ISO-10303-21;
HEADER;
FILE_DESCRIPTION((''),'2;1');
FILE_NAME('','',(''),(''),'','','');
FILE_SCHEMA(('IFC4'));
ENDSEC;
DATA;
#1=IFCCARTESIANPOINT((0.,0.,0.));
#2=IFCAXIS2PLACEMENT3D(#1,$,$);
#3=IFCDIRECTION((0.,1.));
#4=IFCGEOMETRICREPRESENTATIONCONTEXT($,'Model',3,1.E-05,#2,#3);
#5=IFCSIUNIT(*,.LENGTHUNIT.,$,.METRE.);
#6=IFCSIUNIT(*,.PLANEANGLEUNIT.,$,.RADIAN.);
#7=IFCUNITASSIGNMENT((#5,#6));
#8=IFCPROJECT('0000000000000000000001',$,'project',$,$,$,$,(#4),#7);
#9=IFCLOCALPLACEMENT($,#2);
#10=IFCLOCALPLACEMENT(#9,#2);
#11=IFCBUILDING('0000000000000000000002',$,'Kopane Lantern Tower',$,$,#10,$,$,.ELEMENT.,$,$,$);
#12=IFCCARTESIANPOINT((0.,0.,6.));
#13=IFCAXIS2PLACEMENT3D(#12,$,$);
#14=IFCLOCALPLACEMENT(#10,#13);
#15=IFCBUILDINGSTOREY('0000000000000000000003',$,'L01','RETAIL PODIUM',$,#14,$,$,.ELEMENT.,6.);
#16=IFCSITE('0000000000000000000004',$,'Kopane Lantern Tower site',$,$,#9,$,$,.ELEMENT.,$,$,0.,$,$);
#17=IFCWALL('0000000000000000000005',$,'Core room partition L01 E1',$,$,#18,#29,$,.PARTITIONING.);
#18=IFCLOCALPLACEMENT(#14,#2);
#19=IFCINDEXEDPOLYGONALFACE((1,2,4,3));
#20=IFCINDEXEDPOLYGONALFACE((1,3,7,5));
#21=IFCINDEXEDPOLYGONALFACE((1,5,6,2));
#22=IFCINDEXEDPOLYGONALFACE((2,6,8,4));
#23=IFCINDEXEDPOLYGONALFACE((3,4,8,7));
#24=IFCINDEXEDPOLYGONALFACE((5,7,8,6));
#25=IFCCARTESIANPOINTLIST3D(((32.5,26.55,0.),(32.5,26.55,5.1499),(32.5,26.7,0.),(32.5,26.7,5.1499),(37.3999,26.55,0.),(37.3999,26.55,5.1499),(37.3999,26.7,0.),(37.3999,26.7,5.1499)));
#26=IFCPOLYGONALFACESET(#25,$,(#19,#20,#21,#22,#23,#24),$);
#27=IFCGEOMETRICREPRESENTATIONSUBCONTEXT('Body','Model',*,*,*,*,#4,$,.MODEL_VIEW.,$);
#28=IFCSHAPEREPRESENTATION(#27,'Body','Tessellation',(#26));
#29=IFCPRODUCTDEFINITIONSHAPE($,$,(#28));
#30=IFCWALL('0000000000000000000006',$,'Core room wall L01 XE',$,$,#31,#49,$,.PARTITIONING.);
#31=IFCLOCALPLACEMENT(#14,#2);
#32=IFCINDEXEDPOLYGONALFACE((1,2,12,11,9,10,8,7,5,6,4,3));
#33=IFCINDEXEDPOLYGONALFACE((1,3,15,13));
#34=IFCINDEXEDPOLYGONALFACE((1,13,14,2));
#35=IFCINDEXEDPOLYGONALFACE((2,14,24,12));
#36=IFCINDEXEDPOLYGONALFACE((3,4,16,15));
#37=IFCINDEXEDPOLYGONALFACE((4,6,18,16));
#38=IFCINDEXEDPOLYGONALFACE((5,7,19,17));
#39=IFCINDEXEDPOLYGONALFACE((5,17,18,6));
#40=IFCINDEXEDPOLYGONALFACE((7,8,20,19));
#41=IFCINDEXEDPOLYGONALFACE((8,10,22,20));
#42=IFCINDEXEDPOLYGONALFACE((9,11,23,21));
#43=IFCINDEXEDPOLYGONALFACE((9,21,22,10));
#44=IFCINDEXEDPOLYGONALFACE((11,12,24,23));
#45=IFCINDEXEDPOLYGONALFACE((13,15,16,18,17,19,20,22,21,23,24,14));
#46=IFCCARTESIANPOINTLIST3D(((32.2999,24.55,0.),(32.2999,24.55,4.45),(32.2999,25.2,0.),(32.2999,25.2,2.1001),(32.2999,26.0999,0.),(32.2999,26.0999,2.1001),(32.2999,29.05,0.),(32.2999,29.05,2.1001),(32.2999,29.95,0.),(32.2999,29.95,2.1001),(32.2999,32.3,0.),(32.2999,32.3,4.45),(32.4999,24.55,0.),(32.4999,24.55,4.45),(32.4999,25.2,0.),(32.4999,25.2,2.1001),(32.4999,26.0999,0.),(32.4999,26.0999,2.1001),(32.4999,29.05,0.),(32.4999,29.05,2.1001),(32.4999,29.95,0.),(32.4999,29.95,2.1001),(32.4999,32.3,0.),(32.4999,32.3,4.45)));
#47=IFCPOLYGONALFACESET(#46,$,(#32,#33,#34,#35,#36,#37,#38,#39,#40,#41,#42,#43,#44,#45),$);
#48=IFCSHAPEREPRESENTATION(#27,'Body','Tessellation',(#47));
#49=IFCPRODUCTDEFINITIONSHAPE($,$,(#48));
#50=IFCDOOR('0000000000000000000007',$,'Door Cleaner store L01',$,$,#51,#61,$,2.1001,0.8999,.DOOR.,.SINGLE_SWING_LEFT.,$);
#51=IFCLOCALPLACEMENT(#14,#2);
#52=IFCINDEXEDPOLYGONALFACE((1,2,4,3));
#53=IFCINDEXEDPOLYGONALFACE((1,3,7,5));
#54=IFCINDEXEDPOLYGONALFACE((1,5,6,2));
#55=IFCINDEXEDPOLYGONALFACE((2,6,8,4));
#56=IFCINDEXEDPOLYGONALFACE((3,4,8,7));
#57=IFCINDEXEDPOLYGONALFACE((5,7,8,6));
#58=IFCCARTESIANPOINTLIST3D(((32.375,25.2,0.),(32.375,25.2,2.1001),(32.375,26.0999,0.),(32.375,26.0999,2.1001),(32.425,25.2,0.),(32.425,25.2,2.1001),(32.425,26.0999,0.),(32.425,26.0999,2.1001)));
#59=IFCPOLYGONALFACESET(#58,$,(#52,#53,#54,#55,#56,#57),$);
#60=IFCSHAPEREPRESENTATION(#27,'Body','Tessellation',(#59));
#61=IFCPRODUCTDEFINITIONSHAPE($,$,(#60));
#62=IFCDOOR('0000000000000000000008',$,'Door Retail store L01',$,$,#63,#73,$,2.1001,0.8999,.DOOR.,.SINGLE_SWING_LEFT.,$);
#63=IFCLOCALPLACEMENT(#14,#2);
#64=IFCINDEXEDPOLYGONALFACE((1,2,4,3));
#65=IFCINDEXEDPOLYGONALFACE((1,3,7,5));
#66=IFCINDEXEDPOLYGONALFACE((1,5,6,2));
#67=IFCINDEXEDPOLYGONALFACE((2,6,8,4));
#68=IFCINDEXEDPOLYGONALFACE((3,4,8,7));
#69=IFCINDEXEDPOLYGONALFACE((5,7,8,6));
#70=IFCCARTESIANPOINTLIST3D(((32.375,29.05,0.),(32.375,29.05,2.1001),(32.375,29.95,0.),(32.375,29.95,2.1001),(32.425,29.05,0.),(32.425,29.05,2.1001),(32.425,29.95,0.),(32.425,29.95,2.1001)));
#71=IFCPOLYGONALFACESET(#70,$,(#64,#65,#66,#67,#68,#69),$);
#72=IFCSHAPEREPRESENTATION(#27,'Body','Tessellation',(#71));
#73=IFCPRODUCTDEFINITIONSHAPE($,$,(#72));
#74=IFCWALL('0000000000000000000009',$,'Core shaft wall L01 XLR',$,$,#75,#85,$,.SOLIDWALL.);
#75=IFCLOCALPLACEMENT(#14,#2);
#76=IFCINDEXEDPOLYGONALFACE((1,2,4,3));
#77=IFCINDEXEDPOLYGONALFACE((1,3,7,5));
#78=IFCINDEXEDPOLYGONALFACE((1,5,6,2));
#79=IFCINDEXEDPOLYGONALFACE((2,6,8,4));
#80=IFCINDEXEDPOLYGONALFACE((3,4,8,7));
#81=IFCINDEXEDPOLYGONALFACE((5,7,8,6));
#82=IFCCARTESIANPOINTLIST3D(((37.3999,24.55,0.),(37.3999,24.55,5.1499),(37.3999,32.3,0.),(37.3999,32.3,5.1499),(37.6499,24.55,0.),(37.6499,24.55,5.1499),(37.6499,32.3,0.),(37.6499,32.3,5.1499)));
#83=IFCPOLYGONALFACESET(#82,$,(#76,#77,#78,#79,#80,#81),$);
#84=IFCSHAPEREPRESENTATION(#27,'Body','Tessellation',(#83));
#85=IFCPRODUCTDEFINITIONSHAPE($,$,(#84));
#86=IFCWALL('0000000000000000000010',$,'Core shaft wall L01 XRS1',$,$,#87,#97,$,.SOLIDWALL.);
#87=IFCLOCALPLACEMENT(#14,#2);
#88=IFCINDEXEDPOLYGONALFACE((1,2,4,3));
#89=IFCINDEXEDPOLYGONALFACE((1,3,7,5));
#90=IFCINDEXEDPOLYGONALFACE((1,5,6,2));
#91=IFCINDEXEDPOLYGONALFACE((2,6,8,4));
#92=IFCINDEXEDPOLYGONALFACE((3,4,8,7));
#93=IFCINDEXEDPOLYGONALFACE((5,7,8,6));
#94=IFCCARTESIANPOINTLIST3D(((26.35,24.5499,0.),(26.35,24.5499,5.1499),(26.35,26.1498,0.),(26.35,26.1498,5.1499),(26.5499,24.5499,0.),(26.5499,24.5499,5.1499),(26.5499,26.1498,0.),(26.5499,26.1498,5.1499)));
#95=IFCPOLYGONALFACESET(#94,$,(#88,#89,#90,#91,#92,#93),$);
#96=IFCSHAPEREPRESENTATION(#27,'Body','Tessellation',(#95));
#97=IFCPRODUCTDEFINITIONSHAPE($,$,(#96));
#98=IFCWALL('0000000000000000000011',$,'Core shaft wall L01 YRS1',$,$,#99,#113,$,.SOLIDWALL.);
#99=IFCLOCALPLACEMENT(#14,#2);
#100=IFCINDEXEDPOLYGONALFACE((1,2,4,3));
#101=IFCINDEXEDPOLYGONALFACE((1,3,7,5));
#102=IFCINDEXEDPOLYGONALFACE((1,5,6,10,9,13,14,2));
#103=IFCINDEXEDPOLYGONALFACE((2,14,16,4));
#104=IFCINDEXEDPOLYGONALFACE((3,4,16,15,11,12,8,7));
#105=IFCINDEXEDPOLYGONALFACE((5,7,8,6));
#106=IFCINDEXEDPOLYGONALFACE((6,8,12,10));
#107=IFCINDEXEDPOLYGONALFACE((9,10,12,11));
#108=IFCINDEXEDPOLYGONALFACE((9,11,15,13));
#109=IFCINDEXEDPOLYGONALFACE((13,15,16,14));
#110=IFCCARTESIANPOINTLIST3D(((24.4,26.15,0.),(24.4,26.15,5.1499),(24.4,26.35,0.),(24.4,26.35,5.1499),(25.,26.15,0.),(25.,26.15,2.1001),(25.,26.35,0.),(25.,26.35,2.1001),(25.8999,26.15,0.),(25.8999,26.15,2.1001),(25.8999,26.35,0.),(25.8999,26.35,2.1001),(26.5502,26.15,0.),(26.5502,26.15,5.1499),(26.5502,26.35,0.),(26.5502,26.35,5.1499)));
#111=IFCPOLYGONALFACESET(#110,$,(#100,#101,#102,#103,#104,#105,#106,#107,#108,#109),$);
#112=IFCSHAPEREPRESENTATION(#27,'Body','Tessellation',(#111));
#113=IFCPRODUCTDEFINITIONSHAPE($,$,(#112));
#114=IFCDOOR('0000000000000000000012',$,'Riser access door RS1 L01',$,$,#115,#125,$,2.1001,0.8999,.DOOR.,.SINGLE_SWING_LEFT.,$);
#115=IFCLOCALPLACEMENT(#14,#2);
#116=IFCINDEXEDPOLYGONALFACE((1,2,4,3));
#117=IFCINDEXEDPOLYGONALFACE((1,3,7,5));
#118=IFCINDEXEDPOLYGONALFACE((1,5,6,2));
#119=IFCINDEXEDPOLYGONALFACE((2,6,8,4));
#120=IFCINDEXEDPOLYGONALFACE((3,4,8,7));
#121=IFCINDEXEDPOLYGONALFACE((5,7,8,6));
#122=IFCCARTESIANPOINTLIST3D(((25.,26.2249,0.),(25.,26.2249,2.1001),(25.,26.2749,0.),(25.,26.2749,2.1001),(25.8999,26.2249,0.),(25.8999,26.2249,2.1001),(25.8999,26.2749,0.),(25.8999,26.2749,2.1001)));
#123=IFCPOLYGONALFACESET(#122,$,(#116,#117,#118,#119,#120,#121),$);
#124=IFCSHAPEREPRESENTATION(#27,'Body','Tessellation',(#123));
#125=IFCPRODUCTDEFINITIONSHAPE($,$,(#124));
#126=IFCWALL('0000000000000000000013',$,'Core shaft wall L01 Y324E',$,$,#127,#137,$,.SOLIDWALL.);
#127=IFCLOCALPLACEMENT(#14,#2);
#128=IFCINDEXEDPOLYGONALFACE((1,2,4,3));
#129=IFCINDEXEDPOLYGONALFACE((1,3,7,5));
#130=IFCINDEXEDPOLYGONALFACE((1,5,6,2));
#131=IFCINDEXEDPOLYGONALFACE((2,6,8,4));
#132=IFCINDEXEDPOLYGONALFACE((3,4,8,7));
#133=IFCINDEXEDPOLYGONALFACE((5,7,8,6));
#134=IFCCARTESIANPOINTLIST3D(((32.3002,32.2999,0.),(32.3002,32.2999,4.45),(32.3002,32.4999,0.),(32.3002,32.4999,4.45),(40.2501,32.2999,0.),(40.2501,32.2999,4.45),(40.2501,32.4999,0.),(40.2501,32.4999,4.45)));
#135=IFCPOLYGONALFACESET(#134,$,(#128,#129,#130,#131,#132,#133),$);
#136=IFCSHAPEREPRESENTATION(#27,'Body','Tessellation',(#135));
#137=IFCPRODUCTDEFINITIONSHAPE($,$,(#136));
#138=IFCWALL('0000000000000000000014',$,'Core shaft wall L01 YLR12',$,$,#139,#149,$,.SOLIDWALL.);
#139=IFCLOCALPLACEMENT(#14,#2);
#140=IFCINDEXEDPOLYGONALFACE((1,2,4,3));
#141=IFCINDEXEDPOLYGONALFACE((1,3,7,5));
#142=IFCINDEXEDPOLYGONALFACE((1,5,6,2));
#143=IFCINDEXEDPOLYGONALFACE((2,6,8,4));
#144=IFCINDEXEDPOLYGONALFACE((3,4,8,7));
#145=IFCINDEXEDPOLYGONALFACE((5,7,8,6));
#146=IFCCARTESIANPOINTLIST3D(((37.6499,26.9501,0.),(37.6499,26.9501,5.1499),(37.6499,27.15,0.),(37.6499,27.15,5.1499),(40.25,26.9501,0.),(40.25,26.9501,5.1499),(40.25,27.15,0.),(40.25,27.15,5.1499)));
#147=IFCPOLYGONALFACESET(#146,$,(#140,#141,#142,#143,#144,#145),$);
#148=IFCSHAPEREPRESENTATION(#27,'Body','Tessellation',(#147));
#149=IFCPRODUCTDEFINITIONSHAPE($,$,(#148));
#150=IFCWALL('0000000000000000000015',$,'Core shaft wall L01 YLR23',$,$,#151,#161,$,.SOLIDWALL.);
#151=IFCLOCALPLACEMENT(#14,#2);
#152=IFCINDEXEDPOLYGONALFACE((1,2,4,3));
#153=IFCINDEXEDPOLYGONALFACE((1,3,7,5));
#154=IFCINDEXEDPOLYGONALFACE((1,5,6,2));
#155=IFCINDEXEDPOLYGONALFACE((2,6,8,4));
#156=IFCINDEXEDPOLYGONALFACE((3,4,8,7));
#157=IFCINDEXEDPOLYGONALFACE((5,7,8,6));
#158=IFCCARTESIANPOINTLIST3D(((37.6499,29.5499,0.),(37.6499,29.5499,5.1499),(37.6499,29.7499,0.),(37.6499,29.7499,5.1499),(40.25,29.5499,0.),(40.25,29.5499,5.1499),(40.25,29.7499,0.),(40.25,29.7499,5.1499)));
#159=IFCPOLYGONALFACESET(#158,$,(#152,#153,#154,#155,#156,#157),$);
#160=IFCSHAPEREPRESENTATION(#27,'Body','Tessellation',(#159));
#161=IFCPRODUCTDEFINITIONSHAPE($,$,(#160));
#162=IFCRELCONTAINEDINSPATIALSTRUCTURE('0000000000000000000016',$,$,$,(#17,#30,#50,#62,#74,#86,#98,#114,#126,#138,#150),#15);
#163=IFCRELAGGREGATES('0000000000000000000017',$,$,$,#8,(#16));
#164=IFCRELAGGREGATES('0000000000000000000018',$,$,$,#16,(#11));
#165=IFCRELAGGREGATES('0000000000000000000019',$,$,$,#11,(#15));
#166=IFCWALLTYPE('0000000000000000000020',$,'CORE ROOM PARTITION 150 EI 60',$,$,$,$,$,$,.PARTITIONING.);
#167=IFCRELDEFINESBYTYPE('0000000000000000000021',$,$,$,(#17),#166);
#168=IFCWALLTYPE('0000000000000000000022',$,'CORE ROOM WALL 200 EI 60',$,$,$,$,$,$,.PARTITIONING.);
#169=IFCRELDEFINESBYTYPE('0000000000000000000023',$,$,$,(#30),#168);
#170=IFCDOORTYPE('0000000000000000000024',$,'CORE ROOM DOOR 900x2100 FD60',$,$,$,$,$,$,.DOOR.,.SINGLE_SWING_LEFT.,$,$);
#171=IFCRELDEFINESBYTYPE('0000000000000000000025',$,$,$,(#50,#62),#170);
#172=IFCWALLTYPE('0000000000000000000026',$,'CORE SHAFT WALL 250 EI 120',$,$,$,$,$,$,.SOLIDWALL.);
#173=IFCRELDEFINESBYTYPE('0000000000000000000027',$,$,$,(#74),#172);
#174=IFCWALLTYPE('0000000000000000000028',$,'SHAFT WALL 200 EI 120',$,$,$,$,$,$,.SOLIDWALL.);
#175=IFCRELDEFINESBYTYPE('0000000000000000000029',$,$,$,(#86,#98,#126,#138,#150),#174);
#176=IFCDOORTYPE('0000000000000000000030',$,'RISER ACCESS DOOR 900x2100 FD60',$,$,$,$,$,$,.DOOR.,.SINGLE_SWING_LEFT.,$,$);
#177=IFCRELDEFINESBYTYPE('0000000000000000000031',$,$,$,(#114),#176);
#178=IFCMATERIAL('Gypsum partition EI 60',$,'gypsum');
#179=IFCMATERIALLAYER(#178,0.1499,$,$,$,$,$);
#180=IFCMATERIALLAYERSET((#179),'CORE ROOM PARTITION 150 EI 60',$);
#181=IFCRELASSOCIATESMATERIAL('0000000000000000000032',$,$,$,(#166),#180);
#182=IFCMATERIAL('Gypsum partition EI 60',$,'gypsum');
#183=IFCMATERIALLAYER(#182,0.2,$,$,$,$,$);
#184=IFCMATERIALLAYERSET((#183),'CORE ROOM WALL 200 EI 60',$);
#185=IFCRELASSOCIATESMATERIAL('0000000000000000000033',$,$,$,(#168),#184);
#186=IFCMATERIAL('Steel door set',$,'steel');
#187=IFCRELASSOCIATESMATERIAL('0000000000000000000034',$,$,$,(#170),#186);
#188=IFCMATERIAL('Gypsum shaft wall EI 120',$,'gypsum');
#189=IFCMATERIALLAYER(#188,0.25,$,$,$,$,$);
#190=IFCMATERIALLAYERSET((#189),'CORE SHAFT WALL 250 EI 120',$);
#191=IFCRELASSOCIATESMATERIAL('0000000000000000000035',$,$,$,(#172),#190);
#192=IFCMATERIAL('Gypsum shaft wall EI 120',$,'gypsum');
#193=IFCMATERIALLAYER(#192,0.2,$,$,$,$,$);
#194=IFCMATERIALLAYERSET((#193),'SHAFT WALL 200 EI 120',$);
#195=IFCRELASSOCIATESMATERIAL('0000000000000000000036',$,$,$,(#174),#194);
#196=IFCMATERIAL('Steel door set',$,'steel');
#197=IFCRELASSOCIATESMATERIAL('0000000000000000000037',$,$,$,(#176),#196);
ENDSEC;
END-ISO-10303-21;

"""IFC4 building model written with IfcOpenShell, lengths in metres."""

from ifc_helpers import new_model, si_unit, direction, frame, frame_2d, origin, place, context, subcontext, project, spatial, rectangle, extrude, material, layer, layer_set, type_object, element, fill, save


model = new_model("IFC4")

# Units and contexts
model_context = context("Model", 3, precision=1e-05, world=origin(), true_north=direction((0.0, 1.0)))
body_context = subcontext(model_context, "Body", "Model", "MODEL_VIEW")
ifc_project = project(units=[si_unit("LENGTHUNIT", "METRE"), si_unit("PLANEANGLEUNIT", "RADIAN")], contexts=[model_context])

# Site, building, storey
site_placement = place(None, origin())
site = spatial("IfcSite", under=ifc_project, at=site_placement, Name="Kopane Lantern Tower site", CompositionType="ELEMENT", RefElevation=0.0)
building_placement = place(site_placement, origin())
building = spatial("IfcBuilding", under=site, at=building_placement, Name="Kopane Lantern Tower", CompositionType="ELEMENT")
storey_placement = place(building_placement, frame((0.0, 0.0, 6.0)))
storey = spatial("IfcBuildingStorey", under=building, at=storey_placement, Name="L01", Description="RETAIL PODIUM", CompositionType="ELEMENT", Elevation=6.0)

# Wall
ifc_material_1 = material(Name="Gypsum partition EI 60", Category="gypsum")
ifc_layer_1 = layer(ifc_material_1, 0.1499)
ifc_layer_set_1 = layer_set([ifc_layer_1], Name="CORE ROOM PARTITION 150 EI 60")
wall_type_1 = type_object("IfcWallType", Name="CORE ROOM PARTITION 150 EI 60", PredefinedType="PARTITIONING", material=ifc_layer_set_1)
wall_1_placement = place(storey_placement, frame((32.5, 26.625, 0.0), z_axis=(0.0, 0.0, 1.0), x_axis=(1.0, 0.0, 0.0)))
element("IfcWall", 1, at=wall_1_placement, inside=storey, type_object=wall_type_1, Name="Core room partition L01 E1", PredefinedType="PARTITIONING", context=body_context, shape_type="SweptSolid", body=[
    extrude(rectangle(XDim=4.8999, YDim=0.1499, at=frame_2d((2.45, 0.0))), origin(), (0.0, 0.0, 1.0), 5.1499),
])

# Wall, openings, doors
ifc_material_2 = material(Name="Gypsum partition EI 60", Category="gypsum")
ifc_layer_2 = layer(ifc_material_2, 0.2)
ifc_layer_set_2 = layer_set([ifc_layer_2], Name="CORE ROOM WALL 200 EI 60")
wall_type_2 = type_object("IfcWallType", Name="CORE ROOM WALL 200 EI 60", PredefinedType="PARTITIONING", material=ifc_layer_set_2)
wall_2_placement = place(storey_placement, frame((32.3999, 24.55, 0.0), z_axis=(0.0, 0.0, 1.0), x_axis=(0.0, 1.0, 0.0)))
wall_2 = element("IfcWall", 2, at=wall_2_placement, inside=storey, type_object=wall_type_2, Name="Core room wall L01 XE", PredefinedType="PARTITIONING", context=body_context, shape_type="SweptSolid", body=[
    extrude(rectangle(XDim=7.75, YDim=0.2, at=frame_2d((3.875, 0.0))), origin(), (0.0, 0.0, 1.0), 4.45),
])
opening_1_placement = place(wall_2_placement, frame((0.6499, 0.0, 0.0)))
opening_1 = element("IfcOpeningElement", 3, at=opening_1_placement, cuts=wall_2, PredefinedType="OPENING", context=body_context, shape_type="SweptSolid", body=[
    extrude(rectangle(XDim=0.8999, YDim=2.1001, at=frame_2d((0.45, 1.05))), frame((0.0, 0.1099, 0.0), z_axis=(0.0, -1.0, 0.0), x_axis=(1.0, 0.0, 0.0)), (0.0, 0.0, 1.0), 0.22),
])
opening_2_placement = place(wall_2_placement, frame((4.5, 0.0, 0.0)))
opening_2 = element("IfcOpeningElement", 4, at=opening_2_placement, cuts=wall_2, PredefinedType="OPENING", context=body_context, shape_type="SweptSolid", body=[
    extrude(rectangle(XDim=0.8999, YDim=2.1001, at=frame_2d((0.45, 1.05))), frame((0.0, 0.1099, 0.0), z_axis=(0.0, -1.0, 0.0), x_axis=(1.0, 0.0, 0.0)), (0.0, 0.0, 1.0), 0.22),
])
ifc_material_3 = material(Name="Steel door set", Category="steel")
door_type_1 = type_object("IfcDoorType", Name="CORE ROOM DOOR 900x2100 FD60", OperationType="SINGLE_SWING_LEFT", PredefinedType="DOOR", material=ifc_material_3)
door_1_placement = place(opening_1_placement, origin())
door_1 = element("IfcDoor", 5, at=door_1_placement, inside=storey, type_object=door_type_1, Name="Door Cleaner store L01", OperationType="SINGLE_SWING_LEFT", OverallHeight=2.1001, OverallWidth=0.8999, PredefinedType="DOOR", context=body_context, shape_type="SweptSolid", body=[
    extrude(rectangle(XDim=0.8999, YDim=2.1001, at=frame_2d((0.45, 1.05))), frame((0.0, 0.0249, 0.0), z_axis=(0.0, -1.0, 0.0), x_axis=(1.0, 0.0, 0.0)), (0.0, 0.0, 1.0), 0.05),
])
fill(opening_1, door_1)
door_2_placement = place(opening_2_placement, origin())
door_2 = element("IfcDoor", 6, at=door_2_placement, inside=storey, type_object=door_type_1, Name="Door Retail store L01", OperationType="SINGLE_SWING_LEFT", OverallHeight=2.1001, OverallWidth=0.8999, PredefinedType="DOOR", context=body_context, shape_type="SweptSolid", body=[
    extrude(rectangle(XDim=0.8999, YDim=2.1001, at=frame_2d((0.45, 1.05))), frame((0.0, 0.0249, 0.0), z_axis=(0.0, -1.0, 0.0), x_axis=(1.0, 0.0, 0.0)), (0.0, 0.0, 1.0), 0.05),
])
fill(opening_2, door_2)

# Walls
ifc_material_4 = material(Name="Gypsum shaft wall EI 120", Category="gypsum")
ifc_layer_3 = layer(ifc_material_4, 0.25)
ifc_layer_set_3 = layer_set([ifc_layer_3], Name="CORE SHAFT WALL 250 EI 120")
wall_type_3 = type_object("IfcWallType", Name="CORE SHAFT WALL 250 EI 120", PredefinedType="SOLIDWALL", material=ifc_layer_set_3)
wall_3_placement = place(storey_placement, frame((37.5249, 24.55, 0.0), z_axis=(0.0, 0.0, 1.0), x_axis=(0.0, 1.0, 0.0)))
element("IfcWall", 7, at=wall_3_placement, inside=storey, type_object=wall_type_3, Name="Core shaft wall L01 XLR", PredefinedType="SOLIDWALL", context=body_context, shape_type="SweptSolid", body=[
    extrude(rectangle(XDim=7.75, YDim=0.25, at=frame_2d((3.875, 0.0))), origin(), (0.0, 0.0, 1.0), 5.1499),
])
ifc_material_5 = material(Name="Gypsum shaft wall EI 120", Category="gypsum")
ifc_layer_4 = layer(ifc_material_5, 0.2)
ifc_layer_set_4 = layer_set([ifc_layer_4], Name="SHAFT WALL 200 EI 120")
wall_type_4 = type_object("IfcWallType", Name="SHAFT WALL 200 EI 120", PredefinedType="SOLIDWALL", material=ifc_layer_set_4)
wall_4_placement = place(storey_placement, frame((26.45, 24.55, 0.0), z_axis=(0.0, 0.0, 1.0), x_axis=(0.0, 1.0, 0.0)))
element("IfcWall", 8, at=wall_4_placement, inside=storey, type_object=wall_type_4, Name="Core shaft wall L01 XRS1", PredefinedType="SOLIDWALL", context=body_context, shape_type="SweptSolid", body=[
    extrude(rectangle(XDim=1.5999, YDim=0.2, at=frame_2d((0.7998, 0.0))), origin(), (0.0, 0.0, 1.0), 5.1499),
])

# Wall, opening, door
wall_5_placement = place(storey_placement, frame((24.3999, 26.25, 0.0), z_axis=(0.0, 0.0, 1.0), x_axis=(1.0, 0.0, 0.0)))
wall_5 = element("IfcWall", 9, at=wall_5_placement, inside=storey, type_object=wall_type_4, Name="Core shaft wall L01 YRS1", PredefinedType="SOLIDWALL", context=body_context, shape_type="SweptSolid", body=[
    extrude(rectangle(XDim=2.1501, YDim=0.2, at=frame_2d((1.0752, 0.0))), origin(), (0.0, 0.0, 1.0), 5.1499),
])
opening_3_placement = place(wall_5_placement, frame((0.6001, 0.0, 0.0)))
opening_3 = element("IfcOpeningElement", 10, at=opening_3_placement, cuts=wall_5, PredefinedType="OPENING", context=body_context, shape_type="SweptSolid", body=[
    extrude(rectangle(XDim=0.8999, YDim=2.1001, at=frame_2d((0.45, 1.05))), frame((0.0, 0.1099, 0.0), z_axis=(0.0, -1.0, 0.0), x_axis=(1.0, 0.0, 0.0)), (0.0, 0.0, 1.0), 0.22),
])
ifc_material_6 = material(Name="Steel door set", Category="steel")
door_type_2 = type_object("IfcDoorType", Name="RISER ACCESS DOOR 900x2100 FD60", OperationType="SINGLE_SWING_LEFT", PredefinedType="DOOR", material=ifc_material_6)
door_3_placement = place(opening_3_placement, origin())
door_3 = element("IfcDoor", 11, at=door_3_placement, inside=storey, type_object=door_type_2, Name="Riser access door RS1 L01", OperationType="SINGLE_SWING_LEFT", OverallHeight=2.1001, OverallWidth=0.8999, PredefinedType="DOOR", context=body_context, shape_type="SweptSolid", body=[
    extrude(rectangle(XDim=0.8999, YDim=2.1001, at=frame_2d((0.45, 1.05))), frame((0.0, 0.0249, 0.0), z_axis=(0.0, -1.0, 0.0), x_axis=(1.0, 0.0, 0.0)), (0.0, 0.0, 1.0), 0.05),
])
fill(opening_3, door_3)

# Walls
wall_6_placement = place(storey_placement, frame((32.3, 32.3999, 0.0), z_axis=(0.0, 0.0, 1.0), x_axis=(1.0, 0.0, 0.0)))
element("IfcWall", 12, at=wall_6_placement, inside=storey, type_object=wall_type_4, Name="Core shaft wall L01 Y324E", PredefinedType="SOLIDWALL", context=body_context, shape_type="SweptSolid", body=[
    extrude(rectangle(XDim=7.95, YDim=0.2, at=frame_2d((3.9751, 0.0))), origin(), (0.0, 0.0, 1.0), 4.45),
])
for number, where, z_axis, x_axis, name in (
    (13, (37.6499, 27.05, 0.0), (0.0, 0.0, 1.0), (1.0, 0.0, 0.0), "Core shaft wall L01 YLR12"),
    (14, (37.6499, 29.6499, 0.0), (0.0, 0.0, 1.0), (1.0, 0.0, 0.0), "Core shaft wall L01 YLR23"),
):
    element("IfcWall", number, at=place(storey_placement, frame(where, z_axis=z_axis, x_axis=x_axis)), inside=storey, type_object=wall_type_4, Name=name, PredefinedType="SOLIDWALL", context=body_context, shape_type="SweptSolid", body=[
        extrude(rectangle(XDim=2.6001, YDim=0.2, at=frame_2d((1.3, 0.0))), origin(), (0.0, 0.0, 1.0), 5.1499),
    ])

save(model, "model.ifc")
